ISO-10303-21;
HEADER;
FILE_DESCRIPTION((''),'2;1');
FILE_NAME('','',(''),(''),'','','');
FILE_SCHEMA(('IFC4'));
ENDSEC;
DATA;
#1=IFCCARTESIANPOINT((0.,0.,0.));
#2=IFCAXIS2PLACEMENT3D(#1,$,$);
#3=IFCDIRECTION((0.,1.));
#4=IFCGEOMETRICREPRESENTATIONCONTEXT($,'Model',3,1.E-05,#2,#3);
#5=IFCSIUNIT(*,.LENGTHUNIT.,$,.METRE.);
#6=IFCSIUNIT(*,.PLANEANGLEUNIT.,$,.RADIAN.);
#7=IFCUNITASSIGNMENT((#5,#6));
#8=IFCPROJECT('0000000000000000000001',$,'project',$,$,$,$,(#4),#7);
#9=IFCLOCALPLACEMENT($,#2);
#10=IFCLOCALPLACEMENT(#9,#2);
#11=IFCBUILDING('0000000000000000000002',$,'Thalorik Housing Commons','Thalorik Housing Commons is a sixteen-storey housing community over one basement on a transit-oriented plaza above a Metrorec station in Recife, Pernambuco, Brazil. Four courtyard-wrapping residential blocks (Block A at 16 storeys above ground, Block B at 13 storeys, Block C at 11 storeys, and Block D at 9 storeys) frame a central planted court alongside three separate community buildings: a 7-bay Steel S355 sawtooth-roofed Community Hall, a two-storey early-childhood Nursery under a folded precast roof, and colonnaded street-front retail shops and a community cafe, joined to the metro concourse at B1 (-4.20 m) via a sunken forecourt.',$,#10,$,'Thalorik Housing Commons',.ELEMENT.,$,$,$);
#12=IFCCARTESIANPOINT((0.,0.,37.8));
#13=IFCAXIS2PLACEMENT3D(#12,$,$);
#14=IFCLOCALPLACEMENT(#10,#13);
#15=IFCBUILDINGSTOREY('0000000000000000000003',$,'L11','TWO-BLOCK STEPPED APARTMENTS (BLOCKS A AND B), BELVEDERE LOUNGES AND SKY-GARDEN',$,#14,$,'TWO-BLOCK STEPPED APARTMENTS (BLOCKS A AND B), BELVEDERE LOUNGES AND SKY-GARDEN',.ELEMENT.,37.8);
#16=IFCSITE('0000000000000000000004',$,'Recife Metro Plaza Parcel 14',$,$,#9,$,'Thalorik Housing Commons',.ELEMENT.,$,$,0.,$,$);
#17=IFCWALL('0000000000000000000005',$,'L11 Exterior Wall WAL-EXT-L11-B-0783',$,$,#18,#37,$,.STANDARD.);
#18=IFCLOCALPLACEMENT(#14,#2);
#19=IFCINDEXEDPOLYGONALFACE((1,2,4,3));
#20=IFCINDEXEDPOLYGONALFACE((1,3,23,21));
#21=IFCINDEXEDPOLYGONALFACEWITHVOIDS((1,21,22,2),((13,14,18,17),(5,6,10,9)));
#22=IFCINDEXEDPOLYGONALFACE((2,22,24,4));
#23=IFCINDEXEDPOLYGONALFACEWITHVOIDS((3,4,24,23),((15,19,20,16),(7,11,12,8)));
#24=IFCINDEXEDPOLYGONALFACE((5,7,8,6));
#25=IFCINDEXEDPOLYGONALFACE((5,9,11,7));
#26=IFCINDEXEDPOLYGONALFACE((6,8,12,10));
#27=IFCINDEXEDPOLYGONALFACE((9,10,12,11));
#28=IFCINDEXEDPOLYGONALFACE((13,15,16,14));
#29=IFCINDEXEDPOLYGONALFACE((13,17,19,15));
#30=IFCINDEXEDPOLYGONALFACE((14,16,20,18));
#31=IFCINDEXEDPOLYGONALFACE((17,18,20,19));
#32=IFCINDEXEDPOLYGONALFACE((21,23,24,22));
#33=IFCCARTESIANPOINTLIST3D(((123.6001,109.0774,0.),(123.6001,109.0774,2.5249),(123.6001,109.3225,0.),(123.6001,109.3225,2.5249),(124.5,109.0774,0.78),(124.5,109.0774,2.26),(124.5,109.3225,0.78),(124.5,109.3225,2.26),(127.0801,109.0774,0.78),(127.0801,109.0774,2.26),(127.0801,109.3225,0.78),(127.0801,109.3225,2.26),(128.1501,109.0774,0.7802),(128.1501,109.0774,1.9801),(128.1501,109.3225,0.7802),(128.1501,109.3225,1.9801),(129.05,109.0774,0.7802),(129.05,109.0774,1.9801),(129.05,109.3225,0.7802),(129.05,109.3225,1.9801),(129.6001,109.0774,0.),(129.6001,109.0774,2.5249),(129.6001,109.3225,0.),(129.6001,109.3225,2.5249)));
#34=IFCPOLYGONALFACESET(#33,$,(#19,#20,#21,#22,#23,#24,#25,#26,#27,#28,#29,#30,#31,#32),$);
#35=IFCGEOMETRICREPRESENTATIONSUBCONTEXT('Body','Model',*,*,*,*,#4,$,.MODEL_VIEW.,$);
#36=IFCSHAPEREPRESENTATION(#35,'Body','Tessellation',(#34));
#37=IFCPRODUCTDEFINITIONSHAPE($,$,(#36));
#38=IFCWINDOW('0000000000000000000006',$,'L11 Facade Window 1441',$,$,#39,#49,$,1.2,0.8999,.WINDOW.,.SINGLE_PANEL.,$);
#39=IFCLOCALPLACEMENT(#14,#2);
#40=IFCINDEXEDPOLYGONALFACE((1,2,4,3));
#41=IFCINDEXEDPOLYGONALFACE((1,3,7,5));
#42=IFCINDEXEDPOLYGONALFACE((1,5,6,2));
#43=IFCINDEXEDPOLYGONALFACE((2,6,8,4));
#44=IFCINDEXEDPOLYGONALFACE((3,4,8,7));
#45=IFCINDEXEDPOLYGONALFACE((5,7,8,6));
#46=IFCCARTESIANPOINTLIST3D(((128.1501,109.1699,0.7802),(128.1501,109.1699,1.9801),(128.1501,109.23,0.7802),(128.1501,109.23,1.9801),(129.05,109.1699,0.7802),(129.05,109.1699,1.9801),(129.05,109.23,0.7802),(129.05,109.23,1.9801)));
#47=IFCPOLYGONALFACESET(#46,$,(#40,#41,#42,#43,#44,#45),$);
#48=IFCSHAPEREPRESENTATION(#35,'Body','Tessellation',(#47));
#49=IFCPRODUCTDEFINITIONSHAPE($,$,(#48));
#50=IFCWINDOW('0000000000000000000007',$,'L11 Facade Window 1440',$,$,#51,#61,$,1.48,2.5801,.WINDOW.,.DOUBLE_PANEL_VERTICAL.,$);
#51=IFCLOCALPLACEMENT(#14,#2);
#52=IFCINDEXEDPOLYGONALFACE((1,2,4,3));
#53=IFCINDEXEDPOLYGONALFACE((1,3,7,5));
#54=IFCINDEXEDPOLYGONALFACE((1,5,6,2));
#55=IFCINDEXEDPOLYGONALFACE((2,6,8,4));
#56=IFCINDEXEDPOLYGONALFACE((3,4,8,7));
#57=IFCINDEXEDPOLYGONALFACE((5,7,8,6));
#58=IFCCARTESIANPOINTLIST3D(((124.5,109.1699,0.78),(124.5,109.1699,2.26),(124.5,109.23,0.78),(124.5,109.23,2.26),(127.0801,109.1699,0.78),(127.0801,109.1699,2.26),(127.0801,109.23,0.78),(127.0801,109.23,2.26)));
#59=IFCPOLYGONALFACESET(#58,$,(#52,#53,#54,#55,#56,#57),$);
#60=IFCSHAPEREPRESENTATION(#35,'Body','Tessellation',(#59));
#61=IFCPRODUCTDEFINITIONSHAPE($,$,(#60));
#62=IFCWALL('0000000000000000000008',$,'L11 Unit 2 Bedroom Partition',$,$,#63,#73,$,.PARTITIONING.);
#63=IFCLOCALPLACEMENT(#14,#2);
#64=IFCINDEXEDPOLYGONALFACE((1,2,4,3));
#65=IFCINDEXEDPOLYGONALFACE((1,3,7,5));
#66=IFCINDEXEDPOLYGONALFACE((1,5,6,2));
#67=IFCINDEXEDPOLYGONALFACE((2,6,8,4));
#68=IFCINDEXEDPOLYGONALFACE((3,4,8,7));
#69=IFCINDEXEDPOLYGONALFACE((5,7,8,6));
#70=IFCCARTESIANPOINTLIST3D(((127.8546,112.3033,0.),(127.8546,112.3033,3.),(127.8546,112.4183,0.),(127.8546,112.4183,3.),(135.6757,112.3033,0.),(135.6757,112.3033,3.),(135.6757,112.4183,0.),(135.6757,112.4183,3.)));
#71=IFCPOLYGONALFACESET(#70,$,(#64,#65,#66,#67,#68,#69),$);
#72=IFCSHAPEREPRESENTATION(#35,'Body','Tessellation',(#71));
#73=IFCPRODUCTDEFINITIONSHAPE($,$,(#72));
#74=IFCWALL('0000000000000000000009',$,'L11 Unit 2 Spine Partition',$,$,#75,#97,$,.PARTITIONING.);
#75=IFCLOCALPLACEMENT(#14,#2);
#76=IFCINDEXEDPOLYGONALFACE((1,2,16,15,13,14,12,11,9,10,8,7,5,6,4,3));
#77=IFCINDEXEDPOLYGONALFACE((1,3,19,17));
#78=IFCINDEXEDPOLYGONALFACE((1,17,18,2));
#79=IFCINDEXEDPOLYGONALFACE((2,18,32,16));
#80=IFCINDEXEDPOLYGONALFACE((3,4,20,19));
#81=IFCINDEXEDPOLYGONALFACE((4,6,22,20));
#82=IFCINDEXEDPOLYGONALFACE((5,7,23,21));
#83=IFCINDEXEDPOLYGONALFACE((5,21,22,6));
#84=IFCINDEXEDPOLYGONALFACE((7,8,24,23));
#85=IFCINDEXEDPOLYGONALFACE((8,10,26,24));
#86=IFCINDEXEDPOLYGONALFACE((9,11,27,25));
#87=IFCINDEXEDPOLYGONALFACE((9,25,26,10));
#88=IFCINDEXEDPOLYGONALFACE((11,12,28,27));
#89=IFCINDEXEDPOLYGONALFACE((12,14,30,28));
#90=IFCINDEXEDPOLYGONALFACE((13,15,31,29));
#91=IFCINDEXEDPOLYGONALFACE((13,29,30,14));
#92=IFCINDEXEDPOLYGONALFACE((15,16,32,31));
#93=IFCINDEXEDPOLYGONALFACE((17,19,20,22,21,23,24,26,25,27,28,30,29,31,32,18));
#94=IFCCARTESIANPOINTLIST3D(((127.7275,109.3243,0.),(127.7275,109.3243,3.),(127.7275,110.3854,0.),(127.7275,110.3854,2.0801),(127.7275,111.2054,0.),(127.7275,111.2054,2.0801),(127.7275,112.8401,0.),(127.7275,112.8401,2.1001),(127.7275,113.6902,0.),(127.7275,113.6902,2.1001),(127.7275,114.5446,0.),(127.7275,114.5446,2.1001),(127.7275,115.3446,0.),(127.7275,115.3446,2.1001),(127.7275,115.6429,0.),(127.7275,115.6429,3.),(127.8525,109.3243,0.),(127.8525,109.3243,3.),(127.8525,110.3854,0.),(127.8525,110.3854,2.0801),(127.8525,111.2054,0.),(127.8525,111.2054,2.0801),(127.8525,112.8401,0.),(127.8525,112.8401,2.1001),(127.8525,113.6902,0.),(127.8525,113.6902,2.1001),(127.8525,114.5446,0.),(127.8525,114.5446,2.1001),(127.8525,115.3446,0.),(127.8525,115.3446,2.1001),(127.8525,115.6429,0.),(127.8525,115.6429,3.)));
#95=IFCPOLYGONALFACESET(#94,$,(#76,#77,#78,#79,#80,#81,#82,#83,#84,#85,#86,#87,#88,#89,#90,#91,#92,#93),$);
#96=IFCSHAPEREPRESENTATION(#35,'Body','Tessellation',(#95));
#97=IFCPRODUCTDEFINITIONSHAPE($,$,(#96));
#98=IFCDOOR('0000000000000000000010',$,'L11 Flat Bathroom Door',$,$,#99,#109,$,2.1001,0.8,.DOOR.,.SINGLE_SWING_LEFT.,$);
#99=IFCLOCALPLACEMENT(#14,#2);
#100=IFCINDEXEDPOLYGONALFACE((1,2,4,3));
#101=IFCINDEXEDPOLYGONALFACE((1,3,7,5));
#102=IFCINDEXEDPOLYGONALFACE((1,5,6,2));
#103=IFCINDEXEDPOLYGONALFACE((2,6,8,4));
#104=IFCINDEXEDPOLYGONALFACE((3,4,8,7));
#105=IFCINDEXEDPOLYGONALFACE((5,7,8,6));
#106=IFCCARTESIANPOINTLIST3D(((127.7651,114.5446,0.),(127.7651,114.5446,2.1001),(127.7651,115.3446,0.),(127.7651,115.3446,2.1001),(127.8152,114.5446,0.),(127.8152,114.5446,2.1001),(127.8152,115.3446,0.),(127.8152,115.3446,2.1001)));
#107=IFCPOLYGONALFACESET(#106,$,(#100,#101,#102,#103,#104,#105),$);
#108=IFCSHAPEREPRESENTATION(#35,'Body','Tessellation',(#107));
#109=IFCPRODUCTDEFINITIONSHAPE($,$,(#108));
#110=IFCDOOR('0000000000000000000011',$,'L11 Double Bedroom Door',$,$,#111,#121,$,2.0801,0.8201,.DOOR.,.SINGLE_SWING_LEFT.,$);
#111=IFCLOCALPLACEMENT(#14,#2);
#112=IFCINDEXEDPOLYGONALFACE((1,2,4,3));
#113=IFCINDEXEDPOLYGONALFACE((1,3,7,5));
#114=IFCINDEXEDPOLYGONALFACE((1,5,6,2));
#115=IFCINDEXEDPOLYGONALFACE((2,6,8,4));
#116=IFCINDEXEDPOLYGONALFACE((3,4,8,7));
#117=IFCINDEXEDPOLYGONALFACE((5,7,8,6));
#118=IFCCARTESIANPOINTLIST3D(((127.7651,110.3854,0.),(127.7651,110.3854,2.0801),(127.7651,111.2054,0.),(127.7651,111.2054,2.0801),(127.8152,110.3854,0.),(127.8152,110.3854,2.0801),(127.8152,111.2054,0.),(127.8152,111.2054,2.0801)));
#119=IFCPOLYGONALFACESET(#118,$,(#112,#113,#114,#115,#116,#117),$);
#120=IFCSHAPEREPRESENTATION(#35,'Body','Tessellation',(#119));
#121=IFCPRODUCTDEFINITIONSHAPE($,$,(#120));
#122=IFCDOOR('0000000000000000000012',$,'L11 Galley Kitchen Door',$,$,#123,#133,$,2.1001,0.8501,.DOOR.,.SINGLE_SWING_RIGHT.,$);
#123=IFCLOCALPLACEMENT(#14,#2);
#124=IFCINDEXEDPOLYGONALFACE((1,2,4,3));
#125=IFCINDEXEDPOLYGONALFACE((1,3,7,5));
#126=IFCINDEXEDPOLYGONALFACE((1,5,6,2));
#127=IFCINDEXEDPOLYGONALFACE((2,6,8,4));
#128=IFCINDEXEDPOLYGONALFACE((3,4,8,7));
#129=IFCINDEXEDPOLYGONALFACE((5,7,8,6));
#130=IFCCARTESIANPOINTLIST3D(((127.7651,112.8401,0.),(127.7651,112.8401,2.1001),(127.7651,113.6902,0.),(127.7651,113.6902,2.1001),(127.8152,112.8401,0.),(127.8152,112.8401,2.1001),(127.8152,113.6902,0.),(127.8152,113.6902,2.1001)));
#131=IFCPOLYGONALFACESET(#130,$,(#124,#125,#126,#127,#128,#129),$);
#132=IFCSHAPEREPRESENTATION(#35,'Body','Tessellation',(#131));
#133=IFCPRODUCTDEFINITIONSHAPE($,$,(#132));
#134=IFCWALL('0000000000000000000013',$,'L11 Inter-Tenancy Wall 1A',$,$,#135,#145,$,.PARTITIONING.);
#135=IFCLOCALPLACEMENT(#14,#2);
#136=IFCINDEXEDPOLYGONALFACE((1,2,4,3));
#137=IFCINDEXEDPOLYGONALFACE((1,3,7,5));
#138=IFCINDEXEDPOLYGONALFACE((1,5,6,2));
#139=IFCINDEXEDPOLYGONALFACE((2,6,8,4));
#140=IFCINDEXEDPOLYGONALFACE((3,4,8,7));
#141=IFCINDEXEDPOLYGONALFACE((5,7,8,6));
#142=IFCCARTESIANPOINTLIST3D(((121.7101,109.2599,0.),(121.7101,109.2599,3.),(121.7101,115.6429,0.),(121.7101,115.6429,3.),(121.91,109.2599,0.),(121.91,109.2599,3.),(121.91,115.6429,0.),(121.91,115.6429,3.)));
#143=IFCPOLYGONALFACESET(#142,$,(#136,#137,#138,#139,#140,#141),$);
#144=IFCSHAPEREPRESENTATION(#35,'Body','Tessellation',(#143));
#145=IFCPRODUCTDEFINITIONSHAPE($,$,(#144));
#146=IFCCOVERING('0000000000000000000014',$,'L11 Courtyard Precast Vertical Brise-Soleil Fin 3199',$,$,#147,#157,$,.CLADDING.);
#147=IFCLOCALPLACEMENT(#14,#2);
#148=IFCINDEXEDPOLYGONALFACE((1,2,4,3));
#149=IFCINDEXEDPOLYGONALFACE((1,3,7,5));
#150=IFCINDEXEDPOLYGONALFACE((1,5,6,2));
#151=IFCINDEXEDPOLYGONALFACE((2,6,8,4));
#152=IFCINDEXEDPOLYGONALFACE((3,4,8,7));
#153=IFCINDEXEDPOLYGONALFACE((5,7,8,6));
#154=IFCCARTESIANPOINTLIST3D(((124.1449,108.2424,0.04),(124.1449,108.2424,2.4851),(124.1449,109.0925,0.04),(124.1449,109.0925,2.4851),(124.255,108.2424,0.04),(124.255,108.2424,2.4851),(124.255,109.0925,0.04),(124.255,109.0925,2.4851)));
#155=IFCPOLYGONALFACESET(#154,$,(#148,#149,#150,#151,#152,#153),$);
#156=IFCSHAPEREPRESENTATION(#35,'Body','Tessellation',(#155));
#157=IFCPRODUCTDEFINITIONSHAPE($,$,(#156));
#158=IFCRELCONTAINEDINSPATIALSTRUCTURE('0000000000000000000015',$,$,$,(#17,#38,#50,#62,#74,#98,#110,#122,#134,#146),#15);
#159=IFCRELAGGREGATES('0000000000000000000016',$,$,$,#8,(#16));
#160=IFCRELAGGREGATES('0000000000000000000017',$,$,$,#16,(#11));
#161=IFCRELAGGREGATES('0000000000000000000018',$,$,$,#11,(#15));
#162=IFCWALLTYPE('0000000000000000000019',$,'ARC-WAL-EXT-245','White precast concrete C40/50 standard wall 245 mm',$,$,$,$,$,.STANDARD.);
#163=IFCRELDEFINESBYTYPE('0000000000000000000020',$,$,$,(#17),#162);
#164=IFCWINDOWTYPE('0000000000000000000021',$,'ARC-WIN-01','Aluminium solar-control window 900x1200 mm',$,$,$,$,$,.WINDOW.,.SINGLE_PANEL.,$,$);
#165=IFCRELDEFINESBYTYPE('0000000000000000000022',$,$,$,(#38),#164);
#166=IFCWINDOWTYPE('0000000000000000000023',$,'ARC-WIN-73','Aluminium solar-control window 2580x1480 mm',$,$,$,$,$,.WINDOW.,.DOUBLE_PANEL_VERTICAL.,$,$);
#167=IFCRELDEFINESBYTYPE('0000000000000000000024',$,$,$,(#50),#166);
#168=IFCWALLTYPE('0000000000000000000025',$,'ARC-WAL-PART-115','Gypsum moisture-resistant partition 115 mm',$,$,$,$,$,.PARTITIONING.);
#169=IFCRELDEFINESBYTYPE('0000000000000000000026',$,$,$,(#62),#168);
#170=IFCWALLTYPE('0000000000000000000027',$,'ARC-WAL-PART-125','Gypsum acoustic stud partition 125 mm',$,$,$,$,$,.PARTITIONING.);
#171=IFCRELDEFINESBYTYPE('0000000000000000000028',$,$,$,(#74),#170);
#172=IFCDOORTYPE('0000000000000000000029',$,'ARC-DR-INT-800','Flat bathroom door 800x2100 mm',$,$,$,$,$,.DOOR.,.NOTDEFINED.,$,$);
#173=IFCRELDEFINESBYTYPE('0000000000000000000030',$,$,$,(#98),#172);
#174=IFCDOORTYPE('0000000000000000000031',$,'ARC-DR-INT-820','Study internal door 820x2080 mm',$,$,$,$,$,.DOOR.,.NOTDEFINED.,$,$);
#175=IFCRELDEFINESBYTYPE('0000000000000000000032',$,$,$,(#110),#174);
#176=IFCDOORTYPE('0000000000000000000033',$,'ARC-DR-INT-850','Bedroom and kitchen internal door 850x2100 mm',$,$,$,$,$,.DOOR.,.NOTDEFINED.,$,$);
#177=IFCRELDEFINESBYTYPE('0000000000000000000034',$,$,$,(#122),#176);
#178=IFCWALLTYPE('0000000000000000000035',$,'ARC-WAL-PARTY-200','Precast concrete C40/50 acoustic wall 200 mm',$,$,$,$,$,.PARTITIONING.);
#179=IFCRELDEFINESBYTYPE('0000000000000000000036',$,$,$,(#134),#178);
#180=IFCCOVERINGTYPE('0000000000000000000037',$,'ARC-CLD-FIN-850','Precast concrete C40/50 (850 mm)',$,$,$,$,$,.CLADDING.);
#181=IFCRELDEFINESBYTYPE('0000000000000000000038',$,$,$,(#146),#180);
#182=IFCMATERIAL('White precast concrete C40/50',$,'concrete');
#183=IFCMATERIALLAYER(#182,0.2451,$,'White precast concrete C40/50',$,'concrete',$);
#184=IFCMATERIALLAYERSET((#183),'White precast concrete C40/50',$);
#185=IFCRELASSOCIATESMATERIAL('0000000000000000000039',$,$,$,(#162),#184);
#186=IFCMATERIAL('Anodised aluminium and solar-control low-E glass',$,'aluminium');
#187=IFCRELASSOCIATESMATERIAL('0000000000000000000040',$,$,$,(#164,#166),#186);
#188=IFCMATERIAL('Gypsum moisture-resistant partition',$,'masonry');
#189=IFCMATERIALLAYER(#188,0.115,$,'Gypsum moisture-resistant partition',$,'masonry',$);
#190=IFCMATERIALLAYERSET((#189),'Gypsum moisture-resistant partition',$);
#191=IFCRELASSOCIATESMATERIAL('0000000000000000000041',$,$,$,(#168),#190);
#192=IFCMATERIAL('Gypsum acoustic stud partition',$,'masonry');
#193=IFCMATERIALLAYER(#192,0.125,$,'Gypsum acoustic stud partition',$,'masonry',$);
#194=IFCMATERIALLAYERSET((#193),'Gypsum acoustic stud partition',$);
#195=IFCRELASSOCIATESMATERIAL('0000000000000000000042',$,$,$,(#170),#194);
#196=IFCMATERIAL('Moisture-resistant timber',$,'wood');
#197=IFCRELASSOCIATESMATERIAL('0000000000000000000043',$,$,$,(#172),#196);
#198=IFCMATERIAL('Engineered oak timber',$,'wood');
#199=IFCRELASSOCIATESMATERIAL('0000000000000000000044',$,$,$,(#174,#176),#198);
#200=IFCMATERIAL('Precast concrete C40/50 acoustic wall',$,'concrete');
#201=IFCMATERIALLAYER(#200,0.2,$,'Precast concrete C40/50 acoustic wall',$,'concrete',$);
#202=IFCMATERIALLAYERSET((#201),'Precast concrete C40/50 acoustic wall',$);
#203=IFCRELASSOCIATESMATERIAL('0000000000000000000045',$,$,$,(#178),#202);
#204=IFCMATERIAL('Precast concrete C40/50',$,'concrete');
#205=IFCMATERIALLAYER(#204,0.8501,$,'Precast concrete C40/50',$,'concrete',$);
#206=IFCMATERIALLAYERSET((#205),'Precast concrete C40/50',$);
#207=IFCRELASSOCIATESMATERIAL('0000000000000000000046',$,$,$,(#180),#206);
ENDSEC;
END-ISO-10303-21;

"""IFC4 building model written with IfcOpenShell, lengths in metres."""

from ifc_helpers import new_model, si_unit, direction, frame, frame_2d, origin, origin_2d, place, context, subcontext, project, spatial, rectangle, extrude, material, layer, layer_set, type_object, element, fill, save


model = new_model("IFC4")

# Units and contexts
model_context = context("Model", 3, precision=1e-05, world=origin(), true_north=direction((0.0, 1.0)))
body_context = subcontext(model_context, "Body", "Model", "MODEL_VIEW")
ifc_project = project(units=[si_unit("LENGTHUNIT", "METRE"), si_unit("PLANEANGLEUNIT", "RADIAN")], contexts=[model_context])

# Site, building, storey
site_placement = place(None, origin())
site = spatial("IfcSite", under=ifc_project, at=site_placement, Name="Recife Metro Plaza Parcel 14", LongName="Thalorik Housing Commons", CompositionType="ELEMENT", RefElevation=0.0)
building_placement = place(site_placement, origin())
building = spatial("IfcBuilding", under=site, at=building_placement, Name="Thalorik Housing Commons", Description="Thalorik Housing Commons is a sixteen-storey housing community over one basement on a transit-oriented plaza above a Metrorec station in Recife, Pernambuco, Brazil. Four courtyard-wrapping residential blocks (Block A at 16 storeys above ground, Block B at 13 storeys, Block C at 11 storeys, and Block D at 9 storeys) frame a central planted court alongside three separate community buildings: a 7-bay Steel S355 sawtooth-roofed Community Hall, a two-storey early-childhood Nursery under a folded precast roof, and colonnaded street-front retail shops and a community cafe, joined to the metro concourse at B1 (-4.20 m) via a sunken forecourt.", LongName="Thalorik Housing Commons", CompositionType="ELEMENT")
storey_placement = place(building_placement, frame((0.0, 0.0, 37.8)))
storey = spatial("IfcBuildingStorey", under=building, at=storey_placement, Name="L11", Description="TWO-BLOCK STEPPED APARTMENTS (BLOCKS A AND B), BELVEDERE LOUNGES AND SKY-GARDEN", LongName="TWO-BLOCK STEPPED APARTMENTS (BLOCKS A AND B), BELVEDERE LOUNGES AND SKY-GARDEN", CompositionType="ELEMENT", Elevation=37.8)

# Shared definitions
ifc_material_1 = material(Name="Precast concrete C40/50", Category="concrete")

# Shared definitions
ifc_material_2 = material(Name="Anodised aluminium and solar-control low-E glass", Category="aluminium")

# Shared definitions
ifc_material_3 = material(Name="White precast concrete C40/50", Category="concrete")
ifc_layer_1 = layer(ifc_material_3, 0.2451, Name="White precast concrete C40/50", Category="concrete")
ifc_layer_set_1 = layer_set([ifc_layer_1], Name="White precast concrete C40/50")
wall_type_1 = type_object("IfcWallType", Name="ARC-WAL-EXT-245", Description="White precast concrete C40/50 standard wall 245 mm", PredefinedType="STANDARD", material=ifc_layer_set_1)

# Wall, openings, windows
wall_1_placement = place(storey_placement, frame((123.6001, 109.2, 0.0), z_axis=(0.0, 0.0, 1.0), x_axis=(1.0, 0.0, 0.0)))
wall_1 = element("IfcWall", 1, at=wall_1_placement, inside=storey, type_object=wall_type_1, Name="L11 Exterior Wall WAL-EXT-L11-B-0783", PredefinedType="STANDARD", context=body_context, shape_type="SweptSolid", body=[
    extrude(rectangle(XDim=6.0, YDim=0.2451, at=frame_2d((3.0, 0.0))), origin(), (0.0, 0.0, 1.0), 2.5249),
])
opening_1_placement = place(wall_1_placement, frame((0.8999, 0.0, 0.78)))
opening_1 = element("IfcOpeningElement", 2, at=opening_1_placement, cuts=wall_1, PredefinedType="OPENING", context=body_context, shape_type="SweptSolid", body=[
    extrude(rectangle(XDim=2.5801, YDim=1.48, at=frame_2d((1.29, 0.74))), frame((0.0, 0.1326, 0.0), z_axis=(0.0, -1.0, 0.0), x_axis=(1.0, 0.0, 0.0)), (0.0, 0.0, 1.0), 0.2651),
])
opening_2_placement = place(wall_1_placement, frame((4.55, 0.0, 0.78)))
opening_2 = element("IfcOpeningElement", 3, at=opening_2_placement, cuts=wall_1, PredefinedType="OPENING", context=body_context, shape_type="SweptSolid", body=[
    extrude(rectangle(XDim=0.8999, YDim=1.2, at=frame_2d((0.45, 0.6001))), frame((0.0, 0.1326, 0.0), z_axis=(0.0, -1.0, 0.0), x_axis=(1.0, 0.0, 0.0)), (0.0, 0.0, 1.0), 0.2651),
])
window_type_1 = type_object("IfcWindowType", Name="ARC-WIN-01", Description="Aluminium solar-control window 900x1200 mm", PartitioningType="SINGLE_PANEL", PredefinedType="WINDOW", material=ifc_material_2)
window_1_placement = place(opening_2_placement, origin())
window_1 = element("IfcWindow", 4, at=window_1_placement, inside=storey, type_object=window_type_1, Name="L11 Facade Window 1441", OverallHeight=1.2, OverallWidth=0.8999, PartitioningType="SINGLE_PANEL", PredefinedType="WINDOW", context=body_context, shape_type="SweptSolid", body=[
    extrude(rectangle(XDim=0.8999, YDim=1.2, at=frame_2d((0.45, 0.6001))), frame((0.0, 0.03, 0.0), z_axis=(0.0, -1.0, 0.0), x_axis=(1.0, 0.0, 0.0)), (0.0, 0.0, 1.0), 0.0601),
])
fill(opening_2, window_1)
window_type_2 = type_object("IfcWindowType", Name="ARC-WIN-73", Description="Aluminium solar-control window 2580x1480 mm", PartitioningType="DOUBLE_PANEL_VERTICAL", PredefinedType="WINDOW", material=ifc_material_2)
window_2_placement = place(opening_1_placement, origin())
window_2 = element("IfcWindow", 5, at=window_2_placement, inside=storey, type_object=window_type_2, Name="L11 Facade Window 1440", OverallHeight=1.48, OverallWidth=2.5801, PartitioningType="DOUBLE_PANEL_VERTICAL", PredefinedType="WINDOW", context=body_context, shape_type="SweptSolid", body=[
    extrude(rectangle(XDim=2.5801, YDim=1.48, at=frame_2d((1.29, 0.74))), frame((0.0, 0.03, 0.0), z_axis=(0.0, -1.0, 0.0), x_axis=(1.0, 0.0, 0.0)), (0.0, 0.0, 1.0), 0.0601),
])
fill(opening_1, window_2)

# Wall
ifc_material_4 = material(Name="Gypsum moisture-resistant partition", Category="masonry")
ifc_layer_2 = layer(ifc_material_4, 0.115, Name="Gypsum moisture-resistant partition", Category="masonry")
ifc_layer_set_2 = layer_set([ifc_layer_2], Name="Gypsum moisture-resistant partition")
wall_type_2 = type_object("IfcWallType", Name="ARC-WAL-PART-115", Description="Gypsum moisture-resistant partition 115 mm", PredefinedType="PARTITIONING", material=ifc_layer_set_2)
wall_2_placement = place(storey_placement, frame((127.8545, 112.3608, 0.0), z_axis=(0.0, 0.0, 1.0), x_axis=(1.0, 0.0, 0.0)))
element("IfcWall", 6, at=wall_2_placement, inside=storey, type_object=wall_type_2, Name="L11 Unit 2 Bedroom Partition", PredefinedType="PARTITIONING", context=body_context, shape_type="SweptSolid", body=[
    extrude(rectangle(XDim=7.821, YDim=0.115, at=frame_2d((3.9106, 0.0))), origin(), (0.0, 0.0, 1.0), 3.0),
])

# Wall, openings, doors
ifc_material_5 = material(Name="Gypsum acoustic stud partition", Category="masonry")
ifc_layer_3 = layer(ifc_material_5, 0.125, Name="Gypsum acoustic stud partition", Category="masonry")
ifc_layer_set_3 = layer_set([ifc_layer_3], Name="Gypsum acoustic stud partition")
wall_type_3 = type_object("IfcWallType", Name="ARC-WAL-PART-125", Description="Gypsum acoustic stud partition 125 mm", PredefinedType="PARTITIONING", material=ifc_layer_set_3)
wall_3_placement = place(storey_placement, frame((127.79, 109.3245, 0.0), z_axis=(0.0, 0.0, 1.0), x_axis=(0.0, 1.0, 0.0)))
wall_3 = element("IfcWall", 7, at=wall_3_placement, inside=storey, type_object=wall_type_3, Name="L11 Unit 2 Spine Partition", PredefinedType="PARTITIONING", context=body_context, shape_type="SweptSolid", body=[
    extrude(rectangle(XDim=6.3186, YDim=0.125, at=frame_2d((3.1592, 0.0))), origin(), (0.0, 0.0, 1.0), 3.0),
])
opening_3_placement = place(wall_3_placement, frame((1.0608, 0.0, 0.0)))
opening_3 = element("IfcOpeningElement", 8, at=opening_3_placement, cuts=wall_3, PredefinedType="OPENING", context=body_context, shape_type="SweptSolid", body=[
    extrude(rectangle(XDim=0.8201, YDim=2.0801, at=frame_2d((0.4102, 1.04))), frame((0.0, 0.0725, 0.0), z_axis=(0.0, -1.0, 0.0), x_axis=(1.0, 0.0, 0.0)), (0.0, 0.0, 1.0), 0.145),
])
opening_4_placement = place(wall_3_placement, frame((3.5156, 0.0, 0.0)))
opening_4 = element("IfcOpeningElement", 9, at=opening_4_placement, cuts=wall_3, PredefinedType="OPENING", context=body_context, shape_type="SweptSolid", body=[
    extrude(rectangle(XDim=0.8501, YDim=2.1001, at=frame_2d((0.425, 1.05))), frame((0.0, 0.0725, 0.0), z_axis=(0.0, -1.0, 0.0), x_axis=(1.0, 0.0, 0.0)), (0.0, 0.0, 1.0), 0.145),
])
opening_5_placement = place(wall_3_placement, frame((5.2202, 0.0, 0.0)))
opening_5 = element("IfcOpeningElement", 10, at=opening_5_placement, cuts=wall_3, PredefinedType="OPENING", context=body_context, shape_type="SweptSolid", body=[
    extrude(rectangle(XDim=0.8, YDim=2.1001, at=frame_2d((0.3999, 1.05))), frame((0.0, 0.0725, 0.0), z_axis=(0.0, -1.0, 0.0), x_axis=(1.0, 0.0, 0.0)), (0.0, 0.0, 1.0), 0.145),
])
ifc_material_6 = material(Name="Moisture-resistant timber", Category="wood")
door_type_1 = type_object("IfcDoorType", Name="ARC-DR-INT-800", Description="Flat bathroom door 800x2100 mm", OperationType="NOTDEFINED", PredefinedType="DOOR", material=ifc_material_6)
door_1_placement = place(opening_5_placement, origin())
door_1 = element("IfcDoor", 11, at=door_1_placement, inside=storey, type_object=door_type_1, Name="L11 Flat Bathroom Door", OperationType="SINGLE_SWING_LEFT", OverallHeight=2.1001, OverallWidth=0.8, PredefinedType="DOOR", context=body_context, shape_type="SweptSolid", body=[
    extrude(rectangle(XDim=0.8, YDim=2.1001, at=frame_2d((0.3999, 1.05))), frame((0.0, 0.0249, 0.0), z_axis=(0.0, -1.0, 0.0), x_axis=(1.0, 0.0, 0.0)), (0.0, 0.0, 1.0), 0.05),
])
fill(opening_5, door_1)
ifc_material_7 = material(Name="Engineered oak timber", Category="wood")
door_type_2 = type_object("IfcDoorType", Name="ARC-DR-INT-820", Description="Study internal door 820x2080 mm", OperationType="NOTDEFINED", PredefinedType="DOOR", material=ifc_material_7)
door_2_placement = place(opening_3_placement, origin())
door_2 = element("IfcDoor", 12, at=door_2_placement, inside=storey, type_object=door_type_2, Name="L11 Double Bedroom Door", OperationType="SINGLE_SWING_LEFT", OverallHeight=2.0801, OverallWidth=0.8201, PredefinedType="DOOR", context=body_context, shape_type="SweptSolid", body=[
    extrude(rectangle(XDim=0.8201, YDim=2.0801, at=frame_2d((0.4102, 1.04))), frame((0.0, 0.0249, 0.0), z_axis=(0.0, -1.0, 0.0), x_axis=(1.0, 0.0, 0.0)), (0.0, 0.0, 1.0), 0.05),
])
fill(opening_3, door_2)
door_type_3 = type_object("IfcDoorType", Name="ARC-DR-INT-850", Description="Bedroom and kitchen internal door 850x2100 mm", OperationType="NOTDEFINED", PredefinedType="DOOR", material=ifc_material_7)
door_3_placement = place(opening_4_placement, origin())
door_3 = element("IfcDoor", 13, at=door_3_placement, inside=storey, type_object=door_type_3, Name="L11 Galley Kitchen Door", OperationType="SINGLE_SWING_RIGHT", OverallHeight=2.1001, OverallWidth=0.8501, PredefinedType="DOOR", context=body_context, shape_type="SweptSolid", body=[
    extrude(rectangle(XDim=0.8501, YDim=2.1001, at=frame_2d((0.425, 1.05))), frame((0.0, 0.0249, 0.0), z_axis=(0.0, -1.0, 0.0), x_axis=(1.0, 0.0, 0.0)), (0.0, 0.0, 1.0), 0.05),
])
fill(opening_4, door_3)

# Wall
ifc_material_8 = material(Name="Precast concrete C40/50 acoustic wall", Category="concrete")
ifc_layer_4 = layer(ifc_material_8, 0.2, Name="Precast concrete C40/50 acoustic wall", Category="concrete")
ifc_layer_set_4 = layer_set([ifc_layer_4], Name="Precast concrete C40/50 acoustic wall")
wall_type_4 = type_object("IfcWallType", Name="ARC-WAL-PARTY-200", Description="Precast concrete C40/50 acoustic wall 200 mm", PredefinedType="PARTITIONING", material=ifc_layer_set_4)
wall_4_placement = place(storey_placement, frame((121.8101, 109.26, 0.0), z_axis=(0.0, 0.0, 1.0), x_axis=(0.0, 1.0, 0.0)))
element("IfcWall", 14, at=wall_4_placement, inside=storey, type_object=wall_type_4, Name="L11 Inter-Tenancy Wall 1A", PredefinedType="PARTITIONING", context=body_context, shape_type="SweptSolid", body=[
    extrude(rectangle(XDim=6.3831, YDim=0.2, at=frame_2d((3.1914, 0.0))), origin(), (0.0, 0.0, 1.0), 3.0),
])

# Covering
ifc_layer_5 = layer(ifc_material_1, 0.8501, Name="Precast concrete C40/50", Category="concrete")
ifc_layer_set_5 = layer_set([ifc_layer_5], Name="Precast concrete C40/50")
covering_type_1 = type_object("IfcCoveringType", Name="ARC-CLD-FIN-850", Description="Precast concrete C40/50 (850 mm)", PredefinedType="CLADDING", material=ifc_layer_set_5)
for number, where, z_axis, x_axis, name in (
    (15, (124.2, 108.6675, 0.04), (0.0, 0.0, 1.0), (1.0, 0.0, 0.0), "L11 Courtyard Precast Vertical Brise-Soleil Fin 3199"),
):
    element("IfcCovering", number, at=place(storey_placement, frame(where, z_axis=z_axis, x_axis=x_axis)), inside=storey, type_object=covering_type_1, Name=name, PredefinedType="CLADDING", context=body_context, shape_type="SweptSolid", body=[
        extrude(rectangle(XDim=0.1101, YDim=0.8501, at=origin_2d()), origin(), (0.0, 0.0, 1.0), 2.4451),
    ])

save(model, "model.ifc")
